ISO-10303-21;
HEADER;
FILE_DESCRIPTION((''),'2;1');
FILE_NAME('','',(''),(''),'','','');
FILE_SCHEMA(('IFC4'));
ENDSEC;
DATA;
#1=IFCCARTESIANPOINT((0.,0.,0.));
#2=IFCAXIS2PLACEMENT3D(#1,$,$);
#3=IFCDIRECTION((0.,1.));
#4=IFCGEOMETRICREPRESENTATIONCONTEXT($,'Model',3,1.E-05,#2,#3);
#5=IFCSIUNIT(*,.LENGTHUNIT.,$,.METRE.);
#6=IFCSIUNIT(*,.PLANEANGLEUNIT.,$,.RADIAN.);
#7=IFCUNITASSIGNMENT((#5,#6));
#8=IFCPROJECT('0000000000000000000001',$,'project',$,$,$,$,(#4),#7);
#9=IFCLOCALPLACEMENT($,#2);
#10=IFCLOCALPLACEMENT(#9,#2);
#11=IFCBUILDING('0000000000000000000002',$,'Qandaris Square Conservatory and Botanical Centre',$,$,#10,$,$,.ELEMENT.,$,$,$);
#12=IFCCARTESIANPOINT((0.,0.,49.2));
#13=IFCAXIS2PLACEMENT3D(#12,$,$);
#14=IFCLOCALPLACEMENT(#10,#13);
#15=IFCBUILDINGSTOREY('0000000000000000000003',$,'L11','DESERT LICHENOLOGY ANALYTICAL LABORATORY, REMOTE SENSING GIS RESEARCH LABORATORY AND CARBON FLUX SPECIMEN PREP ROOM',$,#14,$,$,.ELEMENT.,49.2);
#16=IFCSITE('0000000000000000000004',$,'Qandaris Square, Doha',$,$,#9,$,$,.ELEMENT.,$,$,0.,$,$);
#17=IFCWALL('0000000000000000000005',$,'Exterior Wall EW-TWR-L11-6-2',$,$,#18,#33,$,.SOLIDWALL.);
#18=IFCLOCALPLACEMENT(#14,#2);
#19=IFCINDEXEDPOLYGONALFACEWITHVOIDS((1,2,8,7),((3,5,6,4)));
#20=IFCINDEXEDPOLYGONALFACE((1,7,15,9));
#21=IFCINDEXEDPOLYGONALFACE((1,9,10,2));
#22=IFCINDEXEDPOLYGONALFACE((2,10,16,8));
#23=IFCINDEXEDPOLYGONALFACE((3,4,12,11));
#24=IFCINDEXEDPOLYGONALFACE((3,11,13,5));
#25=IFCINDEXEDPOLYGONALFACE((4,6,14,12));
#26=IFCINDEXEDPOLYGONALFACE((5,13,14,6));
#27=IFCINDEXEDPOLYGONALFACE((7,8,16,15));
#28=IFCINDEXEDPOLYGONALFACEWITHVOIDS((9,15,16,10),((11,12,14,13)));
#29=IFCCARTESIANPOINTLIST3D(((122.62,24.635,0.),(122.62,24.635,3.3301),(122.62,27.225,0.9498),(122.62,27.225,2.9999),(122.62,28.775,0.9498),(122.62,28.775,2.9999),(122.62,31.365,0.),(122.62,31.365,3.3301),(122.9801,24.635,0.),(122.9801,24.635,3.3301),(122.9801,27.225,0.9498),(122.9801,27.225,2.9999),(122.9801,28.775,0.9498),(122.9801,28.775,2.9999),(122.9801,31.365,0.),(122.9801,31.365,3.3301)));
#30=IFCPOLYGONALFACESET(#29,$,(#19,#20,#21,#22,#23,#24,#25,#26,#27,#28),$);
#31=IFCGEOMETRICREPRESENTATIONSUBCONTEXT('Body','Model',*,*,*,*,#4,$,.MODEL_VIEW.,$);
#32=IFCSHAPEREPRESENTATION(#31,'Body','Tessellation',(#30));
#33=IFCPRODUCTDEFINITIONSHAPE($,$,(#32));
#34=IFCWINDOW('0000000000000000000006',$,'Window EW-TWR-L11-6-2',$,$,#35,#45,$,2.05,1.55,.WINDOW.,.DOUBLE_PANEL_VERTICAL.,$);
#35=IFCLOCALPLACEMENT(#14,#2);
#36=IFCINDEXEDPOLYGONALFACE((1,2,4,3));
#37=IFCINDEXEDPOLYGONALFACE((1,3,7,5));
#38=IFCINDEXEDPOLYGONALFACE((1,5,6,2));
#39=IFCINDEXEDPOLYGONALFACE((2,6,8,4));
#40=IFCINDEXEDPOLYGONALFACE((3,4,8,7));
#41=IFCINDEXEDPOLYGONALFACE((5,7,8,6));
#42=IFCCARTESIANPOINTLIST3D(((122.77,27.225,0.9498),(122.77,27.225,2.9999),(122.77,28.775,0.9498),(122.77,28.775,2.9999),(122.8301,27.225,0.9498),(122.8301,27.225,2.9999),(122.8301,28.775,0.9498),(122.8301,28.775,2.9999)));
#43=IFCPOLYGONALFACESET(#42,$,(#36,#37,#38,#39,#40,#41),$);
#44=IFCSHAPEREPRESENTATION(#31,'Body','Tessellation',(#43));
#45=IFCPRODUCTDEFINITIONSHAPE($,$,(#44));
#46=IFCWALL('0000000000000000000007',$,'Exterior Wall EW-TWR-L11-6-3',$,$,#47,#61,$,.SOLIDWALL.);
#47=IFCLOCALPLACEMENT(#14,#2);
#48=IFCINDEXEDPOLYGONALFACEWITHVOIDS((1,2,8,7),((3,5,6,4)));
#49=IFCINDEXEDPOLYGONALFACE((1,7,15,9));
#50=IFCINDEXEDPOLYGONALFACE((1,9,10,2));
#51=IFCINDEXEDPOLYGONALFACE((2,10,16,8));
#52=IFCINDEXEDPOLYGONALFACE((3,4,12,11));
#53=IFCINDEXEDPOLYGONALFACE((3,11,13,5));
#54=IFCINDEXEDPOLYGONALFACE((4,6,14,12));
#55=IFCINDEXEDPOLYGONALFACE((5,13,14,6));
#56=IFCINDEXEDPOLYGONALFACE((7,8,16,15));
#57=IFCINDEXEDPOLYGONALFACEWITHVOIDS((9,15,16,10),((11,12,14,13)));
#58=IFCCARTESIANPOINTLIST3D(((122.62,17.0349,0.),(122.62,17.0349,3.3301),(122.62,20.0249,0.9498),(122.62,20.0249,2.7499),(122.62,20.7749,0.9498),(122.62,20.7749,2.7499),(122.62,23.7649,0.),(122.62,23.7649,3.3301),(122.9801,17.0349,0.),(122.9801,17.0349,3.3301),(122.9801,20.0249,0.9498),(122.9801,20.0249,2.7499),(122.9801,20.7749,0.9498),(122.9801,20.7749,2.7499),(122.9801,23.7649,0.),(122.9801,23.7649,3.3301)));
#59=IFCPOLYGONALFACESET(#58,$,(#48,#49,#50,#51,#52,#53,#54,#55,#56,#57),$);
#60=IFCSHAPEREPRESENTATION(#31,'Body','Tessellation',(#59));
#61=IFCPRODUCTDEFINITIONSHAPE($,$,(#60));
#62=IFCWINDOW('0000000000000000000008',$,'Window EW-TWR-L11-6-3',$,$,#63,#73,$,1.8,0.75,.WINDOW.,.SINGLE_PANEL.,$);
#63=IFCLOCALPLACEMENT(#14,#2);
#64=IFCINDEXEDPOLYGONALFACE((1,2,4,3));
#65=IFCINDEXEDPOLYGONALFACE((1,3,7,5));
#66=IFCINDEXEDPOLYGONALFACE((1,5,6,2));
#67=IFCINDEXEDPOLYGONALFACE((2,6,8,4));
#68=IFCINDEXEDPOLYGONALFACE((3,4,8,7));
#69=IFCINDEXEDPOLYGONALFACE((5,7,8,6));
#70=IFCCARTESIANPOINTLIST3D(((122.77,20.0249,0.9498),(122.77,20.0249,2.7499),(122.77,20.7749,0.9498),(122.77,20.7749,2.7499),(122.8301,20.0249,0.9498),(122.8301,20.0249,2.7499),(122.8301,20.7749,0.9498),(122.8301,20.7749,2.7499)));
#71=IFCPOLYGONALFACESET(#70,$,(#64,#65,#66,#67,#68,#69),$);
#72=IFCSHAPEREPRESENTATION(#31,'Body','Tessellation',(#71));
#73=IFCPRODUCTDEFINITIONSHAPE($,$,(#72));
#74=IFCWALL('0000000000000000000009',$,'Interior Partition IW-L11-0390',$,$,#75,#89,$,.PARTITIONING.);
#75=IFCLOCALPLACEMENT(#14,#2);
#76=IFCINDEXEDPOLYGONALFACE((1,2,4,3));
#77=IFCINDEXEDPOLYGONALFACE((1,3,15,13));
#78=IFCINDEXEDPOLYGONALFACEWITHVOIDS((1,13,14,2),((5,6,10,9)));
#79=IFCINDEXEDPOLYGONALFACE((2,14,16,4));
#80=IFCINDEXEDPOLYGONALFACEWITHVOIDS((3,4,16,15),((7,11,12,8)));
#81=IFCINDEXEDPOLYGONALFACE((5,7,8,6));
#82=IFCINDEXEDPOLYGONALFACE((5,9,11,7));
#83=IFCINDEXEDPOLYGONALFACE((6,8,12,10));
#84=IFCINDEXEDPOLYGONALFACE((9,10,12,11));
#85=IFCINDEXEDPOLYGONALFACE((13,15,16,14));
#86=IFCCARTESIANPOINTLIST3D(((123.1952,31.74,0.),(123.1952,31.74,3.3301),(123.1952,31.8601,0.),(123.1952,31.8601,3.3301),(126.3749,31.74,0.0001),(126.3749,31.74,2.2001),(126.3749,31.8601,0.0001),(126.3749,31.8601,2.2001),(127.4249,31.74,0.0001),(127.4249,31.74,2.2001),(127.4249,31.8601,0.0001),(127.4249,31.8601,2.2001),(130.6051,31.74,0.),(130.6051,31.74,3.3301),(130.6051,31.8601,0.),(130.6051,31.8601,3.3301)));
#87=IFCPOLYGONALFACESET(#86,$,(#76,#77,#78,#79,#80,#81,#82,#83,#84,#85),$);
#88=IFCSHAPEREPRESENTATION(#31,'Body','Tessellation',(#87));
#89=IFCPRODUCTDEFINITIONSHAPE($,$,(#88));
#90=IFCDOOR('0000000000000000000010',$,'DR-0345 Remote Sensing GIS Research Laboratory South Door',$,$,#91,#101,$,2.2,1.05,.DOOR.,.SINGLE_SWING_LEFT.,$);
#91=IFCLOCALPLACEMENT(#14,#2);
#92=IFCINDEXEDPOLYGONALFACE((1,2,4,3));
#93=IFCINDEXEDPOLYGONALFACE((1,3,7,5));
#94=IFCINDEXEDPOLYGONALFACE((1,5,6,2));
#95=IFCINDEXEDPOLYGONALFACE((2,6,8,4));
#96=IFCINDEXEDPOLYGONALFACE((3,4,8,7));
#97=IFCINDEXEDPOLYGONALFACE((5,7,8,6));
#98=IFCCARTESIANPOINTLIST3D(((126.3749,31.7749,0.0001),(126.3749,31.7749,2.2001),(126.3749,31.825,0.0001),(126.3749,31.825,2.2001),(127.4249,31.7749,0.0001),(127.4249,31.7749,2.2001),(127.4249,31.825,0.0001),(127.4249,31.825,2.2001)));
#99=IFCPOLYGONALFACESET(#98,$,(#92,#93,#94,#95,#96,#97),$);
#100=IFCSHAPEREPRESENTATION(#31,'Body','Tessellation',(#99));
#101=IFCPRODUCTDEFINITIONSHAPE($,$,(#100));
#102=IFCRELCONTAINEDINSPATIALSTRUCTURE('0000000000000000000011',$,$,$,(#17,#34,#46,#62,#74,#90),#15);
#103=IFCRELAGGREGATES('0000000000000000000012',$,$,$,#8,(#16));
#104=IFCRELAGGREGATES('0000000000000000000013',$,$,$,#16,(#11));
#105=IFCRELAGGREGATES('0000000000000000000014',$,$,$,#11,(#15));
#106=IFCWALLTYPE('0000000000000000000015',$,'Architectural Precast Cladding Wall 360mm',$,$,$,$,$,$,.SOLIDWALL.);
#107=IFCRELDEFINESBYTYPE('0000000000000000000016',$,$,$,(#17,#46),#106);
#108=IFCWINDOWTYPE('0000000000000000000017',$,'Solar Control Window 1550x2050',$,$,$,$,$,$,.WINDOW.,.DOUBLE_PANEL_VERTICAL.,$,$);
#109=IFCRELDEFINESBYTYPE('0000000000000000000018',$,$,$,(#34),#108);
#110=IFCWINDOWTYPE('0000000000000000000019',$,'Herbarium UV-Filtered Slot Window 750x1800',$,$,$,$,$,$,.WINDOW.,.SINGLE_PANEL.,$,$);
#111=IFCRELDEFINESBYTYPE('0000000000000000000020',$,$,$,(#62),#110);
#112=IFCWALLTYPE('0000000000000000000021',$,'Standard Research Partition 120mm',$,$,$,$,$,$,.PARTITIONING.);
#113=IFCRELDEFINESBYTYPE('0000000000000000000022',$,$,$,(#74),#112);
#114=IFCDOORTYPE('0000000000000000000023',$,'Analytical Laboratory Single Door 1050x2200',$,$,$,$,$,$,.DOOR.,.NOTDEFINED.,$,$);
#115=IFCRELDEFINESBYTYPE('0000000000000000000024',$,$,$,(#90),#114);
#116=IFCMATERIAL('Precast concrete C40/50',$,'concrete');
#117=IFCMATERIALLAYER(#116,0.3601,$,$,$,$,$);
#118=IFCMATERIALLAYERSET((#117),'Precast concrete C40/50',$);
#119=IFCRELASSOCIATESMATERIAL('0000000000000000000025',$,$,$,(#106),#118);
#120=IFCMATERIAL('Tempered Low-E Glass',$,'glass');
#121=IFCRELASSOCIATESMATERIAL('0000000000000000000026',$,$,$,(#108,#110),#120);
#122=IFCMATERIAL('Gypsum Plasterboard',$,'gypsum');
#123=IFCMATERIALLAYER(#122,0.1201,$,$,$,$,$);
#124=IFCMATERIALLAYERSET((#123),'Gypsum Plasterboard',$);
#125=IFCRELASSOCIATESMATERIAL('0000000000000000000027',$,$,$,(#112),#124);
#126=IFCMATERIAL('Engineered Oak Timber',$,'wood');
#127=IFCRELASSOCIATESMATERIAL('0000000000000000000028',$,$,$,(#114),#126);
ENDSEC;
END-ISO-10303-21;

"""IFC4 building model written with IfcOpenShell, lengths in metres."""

from ifc_helpers import new_model, si_unit, direction, frame, frame_2d, origin, place, context, subcontext, project, spatial, rectangle, extrude, material, layer, layer_set, type_object, element, fill, save


model = new_model("IFC4")

# Units and contexts
model_context = context("Model", 3, precision=1e-05, world=origin(), true_north=direction((0.0, 1.0)))
body_context = subcontext(model_context, "Body", "Model", "MODEL_VIEW")
ifc_project = project(units=[si_unit("LENGTHUNIT", "METRE"), si_unit("PLANEANGLEUNIT", "RADIAN")], contexts=[model_context])

# Site, building, storey
site_placement = place(None, origin())
site = spatial("IfcSite", under=ifc_project, at=site_placement, Name="Qandaris Square, Doha", CompositionType="ELEMENT", RefElevation=0.0)
building_placement = place(site_placement, origin())
building = spatial("IfcBuilding", under=site, at=building_placement, Name="Qandaris Square Conservatory and Botanical Centre", CompositionType="ELEMENT")
storey_placement = place(building_placement, frame((0.0, 0.0, 49.2)))
storey = spatial("IfcBuildingStorey", under=building, at=storey_placement, Name="L11", Description="DESERT LICHENOLOGY ANALYTICAL LABORATORY, REMOTE SENSING GIS RESEARCH LABORATORY AND CARBON FLUX SPECIMEN PREP ROOM", CompositionType="ELEMENT", Elevation=49.2)

# Shared definitions
ifc_material_1 = material(Name="Gypsum Plasterboard", Category="gypsum")
ifc_material_2 = material(Name="Engineered Oak Timber", Category="wood")

# Walls, openings, windows
ifc_material_3 = material(Name="Precast concrete C40/50", Category="concrete")
ifc_layer_1 = layer(ifc_material_3, 0.3601)
ifc_layer_set_1 = layer_set([ifc_layer_1], Name="Precast concrete C40/50")
wall_type_1 = type_object("IfcWallType", Name="Architectural Precast Cladding Wall 360mm", PredefinedType="SOLIDWALL", material=ifc_layer_set_1)
ifc_material_4 = material(Name="Tempered Low-E Glass", Category="glass")
wall_1_placement = place(storey_placement, frame((122.8, 31.365, 0.0), z_axis=(0.0, 0.0, 1.0), x_axis=(0.0, -1.0, 0.0)))
wall_1 = element("IfcWall", 1, at=wall_1_placement, inside=storey, type_object=wall_type_1, Name="Exterior Wall EW-TWR-L11-6-2", PredefinedType="SOLIDWALL", context=body_context, shape_type="SweptSolid", body=[
    extrude(rectangle(XDim=6.73, YDim=0.3601, at=frame_2d((3.365, 0.0))), origin(), (0.0, 0.0, 1.0), 3.3301),
])
opening_1_placement = place(wall_1_placement, frame((2.5901, 0.0, 0.95)))
opening_1 = element("IfcOpeningElement", 2, at=opening_1_placement, cuts=wall_1, PredefinedType="OPENING", context=body_context, shape_type="SweptSolid", body=[
    extrude(rectangle(XDim=1.55, YDim=2.05, at=frame_2d((0.7749, 1.0249))), frame((0.0, 0.1919, 0.0), z_axis=(0.0, -1.0, 0.0), x_axis=(1.0, 0.0, 0.0)), (0.0, 0.0, 1.0), 0.384),
])
window_type_1 = type_object("IfcWindowType", Name="Solar Control Window 1550x2050", PartitioningType="DOUBLE_PANEL_VERTICAL", PredefinedType="WINDOW", material=ifc_material_4)
window_1_placement = place(opening_1_placement, origin())
window_1 = element("IfcWindow", 3, at=window_1_placement, inside=storey, type_object=window_type_1, Name="Window EW-TWR-L11-6-2", OverallHeight=2.05, OverallWidth=1.55, PartitioningType="DOUBLE_PANEL_VERTICAL", PredefinedType="WINDOW", context=body_context, shape_type="SweptSolid", body=[
    extrude(rectangle(XDim=1.55, YDim=2.05, at=frame_2d((0.7749, 1.0249))), frame((0.0, 0.03, 0.0), z_axis=(0.0, -1.0, 0.0), x_axis=(1.0, 0.0, 0.0)), (0.0, 0.0, 1.0), 0.0601),
])
fill(opening_1, window_1)
wall_2_placement = place(storey_placement, frame((122.8, 23.7649, 0.0), z_axis=(0.0, 0.0, 1.0), x_axis=(0.0, -1.0, 0.0)))
wall_2 = element("IfcWall", 4, at=wall_2_placement, inside=storey, type_object=wall_type_1, Name="Exterior Wall EW-TWR-L11-6-3", PredefinedType="SOLIDWALL", context=body_context, shape_type="SweptSolid", body=[
    extrude(rectangle(XDim=6.73, YDim=0.3601, at=frame_2d((3.365, 0.0))), origin(), (0.0, 0.0, 1.0), 3.3301),
])
opening_2_placement = place(wall_2_placement, frame((2.99, 0.0, 0.95)))
opening_2 = element("IfcOpeningElement", 5, at=opening_2_placement, cuts=wall_2, PredefinedType="OPENING", context=body_context, shape_type="SweptSolid", body=[
    extrude(rectangle(XDim=0.75, YDim=1.8, at=frame_2d((0.375, 0.8999))), frame((0.0, 0.1919, 0.0), z_axis=(0.0, -1.0, 0.0), x_axis=(1.0, 0.0, 0.0)), (0.0, 0.0, 1.0), 0.384),
])
window_type_2 = type_object("IfcWindowType", Name="Herbarium UV-Filtered Slot Window 750x1800", PartitioningType="SINGLE_PANEL", PredefinedType="WINDOW", material=ifc_material_4)
window_2_placement = place(opening_2_placement, origin())
window_2 = element("IfcWindow", 6, at=window_2_placement, inside=storey, type_object=window_type_2, Name="Window EW-TWR-L11-6-3", OverallHeight=1.8, OverallWidth=0.75, PartitioningType="SINGLE_PANEL", PredefinedType="WINDOW", context=body_context, shape_type="SweptSolid", body=[
    extrude(rectangle(XDim=0.75, YDim=1.8, at=frame_2d((0.375, 0.8999))), frame((0.0, 0.03, 0.0), z_axis=(0.0, -1.0, 0.0), x_axis=(1.0, 0.0, 0.0)), (0.0, 0.0, 1.0), 0.0601),
])
fill(opening_2, window_2)

# Wall, opening, door
ifc_layer_2 = layer(ifc_material_1, 0.1201)
ifc_layer_set_2 = layer_set([ifc_layer_2], Name="Gypsum Plasterboard")
wall_type_2 = type_object("IfcWallType", Name="Standard Research Partition 120mm", PredefinedType="PARTITIONING", material=ifc_layer_set_2)
wall_3_placement = place(storey_placement, frame((123.1951, 31.8, 0.0), z_axis=(0.0, 0.0, 1.0), x_axis=(1.0, 0.0, 0.0)))
wall_3 = element("IfcWall", 7, at=wall_3_placement, inside=storey, type_object=wall_type_2, Name="Interior Partition IW-L11-0390", PredefinedType="PARTITIONING", context=body_context, shape_type="SweptSolid", body=[
    extrude(rectangle(XDim=7.4099, YDim=0.1201, at=frame_2d((3.7051, 0.0))), origin(), (0.0, 0.0, 1.0), 3.3301),
])
opening_3_placement = place(wall_3_placement, frame((3.1799, 0.0, 0.0)))
opening_3 = element("IfcOpeningElement", 8, at=opening_3_placement, cuts=wall_3, PredefinedType="OPENING", context=body_context, shape_type="SweptSolid", body=[
    extrude(rectangle(XDim=1.05, YDim=2.2, at=frame_2d((0.5249, 1.1001))), frame((0.0, 0.072, 0.0), z_axis=(0.0, -1.0, 0.0), x_axis=(1.0, 0.0, 0.0)), (0.0, 0.0, 1.0), 0.144),
])
door_type_1 = type_object("IfcDoorType", Name="Analytical Laboratory Single Door 1050x2200", OperationType="NOTDEFINED", PredefinedType="DOOR", material=ifc_material_2)
door_1_placement = place(opening_3_placement, origin())
door_1 = element("IfcDoor", 9, at=door_1_placement, inside=storey, type_object=door_type_1, Name="DR-0345 Remote Sensing GIS Research Laboratory South Door", OperationType="SINGLE_SWING_LEFT", OverallHeight=2.2, OverallWidth=1.05, PredefinedType="DOOR", context=body_context, shape_type="SweptSolid", body=[
    extrude(rectangle(XDim=1.05, YDim=2.2, at=frame_2d((0.5249, 1.1001))), frame((0.0, 0.0249, 0.0), z_axis=(0.0, -1.0, 0.0), x_axis=(1.0, 0.0, 0.0)), (0.0, 0.0, 1.0), 0.05),
])
fill(opening_3, door_1)

save(model, "model.ifc")
